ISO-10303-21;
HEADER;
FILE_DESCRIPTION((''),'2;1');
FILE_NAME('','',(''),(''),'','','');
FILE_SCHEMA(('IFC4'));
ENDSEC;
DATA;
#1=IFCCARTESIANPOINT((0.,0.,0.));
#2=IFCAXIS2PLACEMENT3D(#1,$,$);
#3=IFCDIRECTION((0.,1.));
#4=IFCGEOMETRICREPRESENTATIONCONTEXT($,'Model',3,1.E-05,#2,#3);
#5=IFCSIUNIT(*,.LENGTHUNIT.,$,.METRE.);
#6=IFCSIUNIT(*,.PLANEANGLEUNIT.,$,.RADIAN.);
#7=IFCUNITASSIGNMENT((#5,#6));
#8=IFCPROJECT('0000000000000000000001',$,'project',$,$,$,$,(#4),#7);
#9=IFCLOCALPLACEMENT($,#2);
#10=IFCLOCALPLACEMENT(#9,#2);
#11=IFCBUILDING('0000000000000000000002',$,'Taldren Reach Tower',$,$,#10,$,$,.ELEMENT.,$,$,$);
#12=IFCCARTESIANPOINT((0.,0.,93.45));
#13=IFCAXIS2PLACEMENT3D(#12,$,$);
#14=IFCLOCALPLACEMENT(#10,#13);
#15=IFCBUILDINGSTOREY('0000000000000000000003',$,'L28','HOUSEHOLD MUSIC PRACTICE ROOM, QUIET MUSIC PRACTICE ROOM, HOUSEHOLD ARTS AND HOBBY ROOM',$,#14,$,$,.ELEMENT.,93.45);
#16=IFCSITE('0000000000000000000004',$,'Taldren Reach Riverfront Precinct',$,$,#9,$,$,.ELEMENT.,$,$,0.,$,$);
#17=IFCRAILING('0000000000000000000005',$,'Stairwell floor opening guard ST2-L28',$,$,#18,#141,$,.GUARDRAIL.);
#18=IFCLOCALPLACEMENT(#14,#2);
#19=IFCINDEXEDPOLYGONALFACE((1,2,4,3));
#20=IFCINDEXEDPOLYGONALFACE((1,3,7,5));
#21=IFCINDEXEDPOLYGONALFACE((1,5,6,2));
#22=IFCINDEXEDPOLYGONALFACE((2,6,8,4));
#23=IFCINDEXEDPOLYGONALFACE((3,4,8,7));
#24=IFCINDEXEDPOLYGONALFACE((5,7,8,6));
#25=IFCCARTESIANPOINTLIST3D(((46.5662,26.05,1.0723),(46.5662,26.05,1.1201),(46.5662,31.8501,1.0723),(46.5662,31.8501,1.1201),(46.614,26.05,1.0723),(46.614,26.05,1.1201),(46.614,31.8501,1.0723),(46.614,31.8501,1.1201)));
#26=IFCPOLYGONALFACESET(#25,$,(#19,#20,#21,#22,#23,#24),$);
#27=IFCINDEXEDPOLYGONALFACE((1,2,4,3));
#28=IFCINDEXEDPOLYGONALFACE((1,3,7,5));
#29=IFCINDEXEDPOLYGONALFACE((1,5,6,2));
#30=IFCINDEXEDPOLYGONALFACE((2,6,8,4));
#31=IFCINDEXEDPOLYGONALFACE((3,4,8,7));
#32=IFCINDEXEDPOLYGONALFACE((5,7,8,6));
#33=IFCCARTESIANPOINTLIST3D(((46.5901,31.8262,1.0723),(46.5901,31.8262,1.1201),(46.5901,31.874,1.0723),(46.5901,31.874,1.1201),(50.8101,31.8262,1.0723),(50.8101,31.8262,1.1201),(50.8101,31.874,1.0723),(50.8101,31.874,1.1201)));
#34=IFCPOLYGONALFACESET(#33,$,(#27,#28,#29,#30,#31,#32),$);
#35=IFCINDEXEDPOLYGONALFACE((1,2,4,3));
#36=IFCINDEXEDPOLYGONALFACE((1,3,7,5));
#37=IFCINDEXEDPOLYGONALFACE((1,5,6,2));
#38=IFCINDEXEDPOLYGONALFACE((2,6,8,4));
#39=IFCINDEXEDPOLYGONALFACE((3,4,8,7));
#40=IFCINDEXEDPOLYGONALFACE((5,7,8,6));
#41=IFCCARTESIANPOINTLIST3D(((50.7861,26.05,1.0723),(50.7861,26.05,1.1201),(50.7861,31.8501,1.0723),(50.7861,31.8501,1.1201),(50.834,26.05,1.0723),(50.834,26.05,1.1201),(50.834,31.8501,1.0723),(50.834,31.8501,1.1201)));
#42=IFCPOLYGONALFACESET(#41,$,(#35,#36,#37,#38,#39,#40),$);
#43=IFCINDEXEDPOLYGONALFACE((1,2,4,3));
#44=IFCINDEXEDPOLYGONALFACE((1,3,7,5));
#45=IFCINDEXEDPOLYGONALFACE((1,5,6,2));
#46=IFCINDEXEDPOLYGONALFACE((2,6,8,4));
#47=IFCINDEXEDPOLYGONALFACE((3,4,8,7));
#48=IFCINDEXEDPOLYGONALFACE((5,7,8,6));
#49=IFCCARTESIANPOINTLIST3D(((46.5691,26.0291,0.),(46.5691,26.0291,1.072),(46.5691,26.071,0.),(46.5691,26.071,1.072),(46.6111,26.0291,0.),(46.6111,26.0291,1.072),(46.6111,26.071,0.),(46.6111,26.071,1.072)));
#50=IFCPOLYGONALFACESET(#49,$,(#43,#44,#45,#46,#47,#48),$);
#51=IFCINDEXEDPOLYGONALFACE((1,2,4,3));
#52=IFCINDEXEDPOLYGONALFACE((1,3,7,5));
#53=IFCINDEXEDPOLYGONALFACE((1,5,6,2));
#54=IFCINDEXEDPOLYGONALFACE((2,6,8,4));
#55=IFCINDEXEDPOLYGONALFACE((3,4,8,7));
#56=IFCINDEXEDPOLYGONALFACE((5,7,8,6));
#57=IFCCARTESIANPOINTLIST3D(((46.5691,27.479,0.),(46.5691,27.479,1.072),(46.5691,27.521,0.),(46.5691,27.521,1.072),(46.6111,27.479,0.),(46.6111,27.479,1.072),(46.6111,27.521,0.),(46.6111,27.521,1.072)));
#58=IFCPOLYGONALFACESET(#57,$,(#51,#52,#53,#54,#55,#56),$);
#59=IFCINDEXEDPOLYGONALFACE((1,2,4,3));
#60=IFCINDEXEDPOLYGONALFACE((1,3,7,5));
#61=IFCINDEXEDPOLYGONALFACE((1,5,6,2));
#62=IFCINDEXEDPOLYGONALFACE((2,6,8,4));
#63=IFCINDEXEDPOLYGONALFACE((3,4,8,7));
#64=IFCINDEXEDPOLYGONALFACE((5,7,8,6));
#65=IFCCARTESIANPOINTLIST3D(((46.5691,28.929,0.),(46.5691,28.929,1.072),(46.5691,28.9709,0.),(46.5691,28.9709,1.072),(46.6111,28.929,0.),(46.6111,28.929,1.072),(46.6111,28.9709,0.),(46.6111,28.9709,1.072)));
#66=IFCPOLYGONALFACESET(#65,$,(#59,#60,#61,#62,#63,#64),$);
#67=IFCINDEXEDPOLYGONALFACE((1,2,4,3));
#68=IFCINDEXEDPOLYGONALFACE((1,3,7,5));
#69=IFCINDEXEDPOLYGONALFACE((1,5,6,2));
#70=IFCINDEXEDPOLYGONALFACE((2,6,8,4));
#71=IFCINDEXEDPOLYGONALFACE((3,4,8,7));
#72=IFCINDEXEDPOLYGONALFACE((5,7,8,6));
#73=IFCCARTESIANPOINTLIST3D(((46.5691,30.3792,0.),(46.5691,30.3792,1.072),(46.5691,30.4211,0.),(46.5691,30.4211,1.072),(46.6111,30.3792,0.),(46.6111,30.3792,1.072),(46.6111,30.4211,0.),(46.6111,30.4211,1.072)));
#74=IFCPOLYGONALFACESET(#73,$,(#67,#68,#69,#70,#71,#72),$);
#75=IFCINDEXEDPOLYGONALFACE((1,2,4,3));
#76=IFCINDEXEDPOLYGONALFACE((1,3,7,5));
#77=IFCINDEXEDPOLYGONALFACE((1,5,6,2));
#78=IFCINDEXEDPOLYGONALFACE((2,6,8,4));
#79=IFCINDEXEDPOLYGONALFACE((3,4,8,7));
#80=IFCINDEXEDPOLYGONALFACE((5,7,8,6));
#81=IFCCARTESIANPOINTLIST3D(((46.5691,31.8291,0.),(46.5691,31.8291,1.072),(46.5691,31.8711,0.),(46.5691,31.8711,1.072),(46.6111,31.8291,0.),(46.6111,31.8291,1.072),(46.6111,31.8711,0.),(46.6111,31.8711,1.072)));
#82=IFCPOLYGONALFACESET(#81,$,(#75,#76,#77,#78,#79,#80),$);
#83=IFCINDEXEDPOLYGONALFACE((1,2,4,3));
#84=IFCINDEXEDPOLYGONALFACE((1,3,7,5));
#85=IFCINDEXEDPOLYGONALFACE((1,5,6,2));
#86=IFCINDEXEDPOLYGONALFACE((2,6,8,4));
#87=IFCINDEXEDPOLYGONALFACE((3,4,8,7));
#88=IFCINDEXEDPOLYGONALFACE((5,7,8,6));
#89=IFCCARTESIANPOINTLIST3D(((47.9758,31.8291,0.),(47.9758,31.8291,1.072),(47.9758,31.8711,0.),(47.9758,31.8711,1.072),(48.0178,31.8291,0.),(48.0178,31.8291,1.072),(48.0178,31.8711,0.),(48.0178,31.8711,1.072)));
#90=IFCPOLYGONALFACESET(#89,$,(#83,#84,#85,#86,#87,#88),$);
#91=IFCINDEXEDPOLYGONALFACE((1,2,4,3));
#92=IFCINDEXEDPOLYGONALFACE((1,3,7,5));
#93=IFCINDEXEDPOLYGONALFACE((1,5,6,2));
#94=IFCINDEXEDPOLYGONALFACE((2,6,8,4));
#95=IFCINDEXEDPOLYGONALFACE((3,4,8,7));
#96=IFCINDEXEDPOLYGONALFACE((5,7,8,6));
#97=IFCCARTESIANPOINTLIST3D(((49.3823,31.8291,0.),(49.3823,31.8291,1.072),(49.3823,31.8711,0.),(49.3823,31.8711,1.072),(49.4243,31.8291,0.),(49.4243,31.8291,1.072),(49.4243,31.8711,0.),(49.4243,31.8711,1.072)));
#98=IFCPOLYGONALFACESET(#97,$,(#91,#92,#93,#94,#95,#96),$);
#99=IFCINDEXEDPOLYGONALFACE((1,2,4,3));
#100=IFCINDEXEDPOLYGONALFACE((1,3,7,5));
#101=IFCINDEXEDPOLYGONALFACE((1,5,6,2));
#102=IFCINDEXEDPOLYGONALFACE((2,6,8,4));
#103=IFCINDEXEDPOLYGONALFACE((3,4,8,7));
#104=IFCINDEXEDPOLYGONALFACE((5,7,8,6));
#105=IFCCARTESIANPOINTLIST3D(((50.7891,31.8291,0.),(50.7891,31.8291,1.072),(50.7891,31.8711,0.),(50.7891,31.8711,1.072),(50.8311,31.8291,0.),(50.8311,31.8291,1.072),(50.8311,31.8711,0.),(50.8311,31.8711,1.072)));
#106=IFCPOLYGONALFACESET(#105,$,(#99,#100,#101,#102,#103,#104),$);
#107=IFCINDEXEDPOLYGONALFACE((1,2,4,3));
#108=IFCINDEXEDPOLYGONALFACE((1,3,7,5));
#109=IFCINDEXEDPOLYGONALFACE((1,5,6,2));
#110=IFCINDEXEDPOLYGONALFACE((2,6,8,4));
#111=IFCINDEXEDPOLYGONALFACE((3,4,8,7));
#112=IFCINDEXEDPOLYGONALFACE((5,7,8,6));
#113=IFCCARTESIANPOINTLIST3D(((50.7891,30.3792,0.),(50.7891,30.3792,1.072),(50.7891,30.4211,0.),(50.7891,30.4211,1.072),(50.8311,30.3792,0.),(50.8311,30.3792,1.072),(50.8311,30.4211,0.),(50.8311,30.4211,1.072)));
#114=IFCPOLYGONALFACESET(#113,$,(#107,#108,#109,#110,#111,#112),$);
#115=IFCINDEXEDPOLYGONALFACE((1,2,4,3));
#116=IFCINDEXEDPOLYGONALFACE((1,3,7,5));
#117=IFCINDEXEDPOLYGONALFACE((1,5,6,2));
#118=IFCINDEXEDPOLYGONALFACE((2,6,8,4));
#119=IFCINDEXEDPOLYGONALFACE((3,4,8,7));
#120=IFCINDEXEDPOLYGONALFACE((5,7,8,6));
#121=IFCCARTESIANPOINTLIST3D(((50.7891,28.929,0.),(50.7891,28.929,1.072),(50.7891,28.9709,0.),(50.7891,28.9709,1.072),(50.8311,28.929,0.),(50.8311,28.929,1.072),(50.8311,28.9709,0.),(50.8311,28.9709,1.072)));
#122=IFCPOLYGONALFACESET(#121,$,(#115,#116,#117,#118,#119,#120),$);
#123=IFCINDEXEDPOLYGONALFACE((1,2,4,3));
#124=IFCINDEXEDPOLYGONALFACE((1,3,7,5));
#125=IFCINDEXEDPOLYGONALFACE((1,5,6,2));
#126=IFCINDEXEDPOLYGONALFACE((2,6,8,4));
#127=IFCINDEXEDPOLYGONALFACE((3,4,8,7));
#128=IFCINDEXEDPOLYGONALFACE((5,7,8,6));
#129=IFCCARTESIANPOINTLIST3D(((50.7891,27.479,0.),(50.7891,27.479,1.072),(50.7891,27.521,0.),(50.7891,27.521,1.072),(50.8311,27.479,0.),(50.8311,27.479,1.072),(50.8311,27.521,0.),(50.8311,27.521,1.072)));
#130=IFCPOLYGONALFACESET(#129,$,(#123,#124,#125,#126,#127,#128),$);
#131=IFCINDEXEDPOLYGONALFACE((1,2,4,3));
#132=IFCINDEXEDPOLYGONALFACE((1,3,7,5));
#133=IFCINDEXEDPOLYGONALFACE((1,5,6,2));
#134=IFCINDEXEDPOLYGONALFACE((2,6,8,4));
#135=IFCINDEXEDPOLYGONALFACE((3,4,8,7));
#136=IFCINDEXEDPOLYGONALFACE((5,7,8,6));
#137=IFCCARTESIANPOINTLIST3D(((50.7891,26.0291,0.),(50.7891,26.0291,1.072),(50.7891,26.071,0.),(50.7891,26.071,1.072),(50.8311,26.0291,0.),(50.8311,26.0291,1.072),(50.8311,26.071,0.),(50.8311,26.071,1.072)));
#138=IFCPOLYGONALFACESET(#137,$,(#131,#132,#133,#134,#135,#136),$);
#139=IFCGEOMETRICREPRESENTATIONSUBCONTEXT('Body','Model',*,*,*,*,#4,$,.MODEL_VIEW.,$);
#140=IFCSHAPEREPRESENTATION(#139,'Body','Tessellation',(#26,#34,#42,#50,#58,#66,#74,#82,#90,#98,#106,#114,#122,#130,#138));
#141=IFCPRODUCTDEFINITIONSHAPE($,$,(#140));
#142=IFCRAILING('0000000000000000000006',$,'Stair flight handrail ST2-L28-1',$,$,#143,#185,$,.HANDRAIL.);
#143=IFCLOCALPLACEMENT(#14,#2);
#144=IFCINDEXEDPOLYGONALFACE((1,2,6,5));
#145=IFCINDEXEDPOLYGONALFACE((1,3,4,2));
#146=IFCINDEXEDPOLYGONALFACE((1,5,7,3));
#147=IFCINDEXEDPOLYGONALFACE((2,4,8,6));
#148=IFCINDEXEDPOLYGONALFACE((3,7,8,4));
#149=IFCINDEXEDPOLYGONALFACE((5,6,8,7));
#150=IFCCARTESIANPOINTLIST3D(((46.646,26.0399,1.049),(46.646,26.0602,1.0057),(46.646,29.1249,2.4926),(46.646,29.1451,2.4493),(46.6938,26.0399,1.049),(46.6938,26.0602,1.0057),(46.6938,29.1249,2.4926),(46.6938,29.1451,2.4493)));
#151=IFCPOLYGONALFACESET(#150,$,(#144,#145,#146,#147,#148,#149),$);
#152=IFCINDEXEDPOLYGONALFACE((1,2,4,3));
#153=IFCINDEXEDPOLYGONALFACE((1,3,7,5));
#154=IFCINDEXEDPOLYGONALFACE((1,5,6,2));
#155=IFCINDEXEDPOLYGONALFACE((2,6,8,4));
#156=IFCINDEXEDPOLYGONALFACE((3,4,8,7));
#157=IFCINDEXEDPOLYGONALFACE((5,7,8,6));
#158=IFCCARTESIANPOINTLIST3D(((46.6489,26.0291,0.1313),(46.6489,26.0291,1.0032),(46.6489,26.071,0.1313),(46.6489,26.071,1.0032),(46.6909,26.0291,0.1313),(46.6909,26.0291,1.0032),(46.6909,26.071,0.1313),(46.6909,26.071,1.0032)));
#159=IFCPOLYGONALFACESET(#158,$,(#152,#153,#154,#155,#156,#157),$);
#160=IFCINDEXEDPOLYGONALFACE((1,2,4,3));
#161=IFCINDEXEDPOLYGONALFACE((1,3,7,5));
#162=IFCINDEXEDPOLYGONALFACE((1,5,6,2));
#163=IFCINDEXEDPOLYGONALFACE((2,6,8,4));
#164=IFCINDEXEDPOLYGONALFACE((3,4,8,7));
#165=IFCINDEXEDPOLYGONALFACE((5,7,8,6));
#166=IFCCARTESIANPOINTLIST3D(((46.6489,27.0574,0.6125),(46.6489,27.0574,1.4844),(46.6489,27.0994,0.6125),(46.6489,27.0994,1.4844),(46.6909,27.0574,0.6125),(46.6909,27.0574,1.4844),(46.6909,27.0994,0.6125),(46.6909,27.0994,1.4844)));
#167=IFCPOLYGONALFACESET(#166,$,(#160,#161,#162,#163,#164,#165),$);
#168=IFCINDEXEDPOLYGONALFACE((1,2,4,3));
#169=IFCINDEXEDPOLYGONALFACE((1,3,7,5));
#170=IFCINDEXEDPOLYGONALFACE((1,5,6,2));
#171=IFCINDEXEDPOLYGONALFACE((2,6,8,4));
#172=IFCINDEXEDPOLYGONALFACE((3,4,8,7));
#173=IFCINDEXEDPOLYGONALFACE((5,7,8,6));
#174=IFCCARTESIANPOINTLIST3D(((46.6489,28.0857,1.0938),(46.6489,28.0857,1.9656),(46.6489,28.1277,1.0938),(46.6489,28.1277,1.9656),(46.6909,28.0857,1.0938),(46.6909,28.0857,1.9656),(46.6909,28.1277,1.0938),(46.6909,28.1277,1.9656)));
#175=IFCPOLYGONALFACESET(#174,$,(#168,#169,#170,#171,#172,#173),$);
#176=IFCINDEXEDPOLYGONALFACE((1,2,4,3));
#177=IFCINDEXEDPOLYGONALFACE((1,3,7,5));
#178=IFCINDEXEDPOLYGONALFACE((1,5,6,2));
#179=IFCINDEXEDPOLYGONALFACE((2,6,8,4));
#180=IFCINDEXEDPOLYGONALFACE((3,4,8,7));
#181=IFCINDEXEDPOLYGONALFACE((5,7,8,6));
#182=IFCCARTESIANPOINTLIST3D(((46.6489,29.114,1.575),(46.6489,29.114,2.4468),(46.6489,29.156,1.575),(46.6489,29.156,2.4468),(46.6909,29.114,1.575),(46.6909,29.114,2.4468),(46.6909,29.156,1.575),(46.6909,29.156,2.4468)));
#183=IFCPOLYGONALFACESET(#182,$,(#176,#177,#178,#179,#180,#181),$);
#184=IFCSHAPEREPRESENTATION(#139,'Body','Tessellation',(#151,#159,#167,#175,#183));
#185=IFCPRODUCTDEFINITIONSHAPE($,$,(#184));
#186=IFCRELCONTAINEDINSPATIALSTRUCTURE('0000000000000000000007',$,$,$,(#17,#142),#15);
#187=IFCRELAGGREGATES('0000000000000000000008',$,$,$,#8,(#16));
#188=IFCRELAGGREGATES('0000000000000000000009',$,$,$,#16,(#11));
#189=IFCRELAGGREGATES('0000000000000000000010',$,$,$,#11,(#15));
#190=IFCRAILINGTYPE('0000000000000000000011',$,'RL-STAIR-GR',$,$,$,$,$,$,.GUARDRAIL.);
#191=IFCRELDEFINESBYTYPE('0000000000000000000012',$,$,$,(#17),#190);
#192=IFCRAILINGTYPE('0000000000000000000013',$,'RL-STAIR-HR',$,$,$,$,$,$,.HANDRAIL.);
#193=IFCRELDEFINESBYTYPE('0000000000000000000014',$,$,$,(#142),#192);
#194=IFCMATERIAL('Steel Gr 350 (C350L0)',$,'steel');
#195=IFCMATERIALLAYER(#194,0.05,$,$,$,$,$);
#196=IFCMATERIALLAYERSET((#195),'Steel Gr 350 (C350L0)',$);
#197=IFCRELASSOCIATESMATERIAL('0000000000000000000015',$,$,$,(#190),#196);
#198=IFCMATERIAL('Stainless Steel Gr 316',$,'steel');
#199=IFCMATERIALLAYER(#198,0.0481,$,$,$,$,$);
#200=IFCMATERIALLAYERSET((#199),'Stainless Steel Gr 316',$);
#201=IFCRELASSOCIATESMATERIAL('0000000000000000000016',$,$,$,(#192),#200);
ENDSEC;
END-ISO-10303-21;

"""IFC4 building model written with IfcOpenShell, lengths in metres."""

from ifc_helpers import new_model, si_unit, direction, frame, origin, origin_2d, place, context, subcontext, project, spatial, rectangle, extrude, material, layer, layer_set, type_object, element, save


model = new_model("IFC4")

# Units and contexts
model_context = context("Model", 3, precision=1e-05, world=origin(), true_north=direction((0.0, 1.0)))
body_context = subcontext(model_context, "Body", "Model", "MODEL_VIEW")
ifc_project = project(units=[si_unit("LENGTHUNIT", "METRE"), si_unit("PLANEANGLEUNIT", "RADIAN")], contexts=[model_context])

# Site, building, storey
site_placement = place(None, origin())
site = spatial("IfcSite", under=ifc_project, at=site_placement, Name="Taldren Reach Riverfront Precinct", CompositionType="ELEMENT", RefElevation=0.0)
building_placement = place(site_placement, origin())
building = spatial("IfcBuilding", under=site, at=building_placement, Name="Taldren Reach Tower", CompositionType="ELEMENT")
storey_placement = place(building_placement, frame((0.0, 0.0, 93.45)))
storey = spatial("IfcBuildingStorey", under=building, at=storey_placement, Name="L28", Description="HOUSEHOLD MUSIC PRACTICE ROOM, QUIET MUSIC PRACTICE ROOM, HOUSEHOLD ARTS AND HOBBY ROOM", CompositionType="ELEMENT", Elevation=93.45)

# Shared definitions
ifc_material_1 = material(Name="Steel Gr 350 (C350L0)", Category="steel")

# Railings
ifc_layer_1 = layer(ifc_material_1, 0.05)
ifc_layer_set_1 = layer_set([ifc_layer_1], Name="Steel Gr 350 (C350L0)")
railing_type_1 = type_object("IfcRailingType", Name="RL-STAIR-GR", PredefinedType="GUARDRAIL", material=ifc_layer_set_1)
railing_1_placement = place(storey_placement, frame((46.5901, 26.05, 0.0)))
element("IfcRailing", 1, at=railing_1_placement, inside=storey, type_object=railing_type_1, Name="Stairwell floor opening guard ST2-L28", PredefinedType="GUARDRAIL", context=body_context, shape_type="SweptSolid", body=[
    extrude(rectangle(XDim=0.0479, YDim=0.0479, at=origin_2d()), frame((0.0, 0.0, 1.0962), z_axis=(0.0, 1.0, 0.0), x_axis=(-1.0, 0.0, 0.0)), (0.0, 0.0, 1.0), 5.8),
    extrude(rectangle(XDim=0.0479, YDim=0.0479, at=origin_2d()), frame((0.0, 5.8, 1.0962), z_axis=(1.0, 0.0, 0.0), x_axis=(0.0, 1.0, 0.0)), (0.0, 0.0, 1.0), 4.22),
    extrude(rectangle(XDim=0.0479, YDim=0.0479, at=origin_2d()), frame((4.22, 5.8, 1.0962), z_axis=(0.0, -1.0, 0.0), x_axis=(1.0, 0.0, 0.0)), (0.0, 0.0, 1.0), 5.8),
    extrude(rectangle(XDim=0.042, YDim=0.042, at=origin_2d()), origin(), (0.0, 0.0, 1.0), 1.072),
    extrude(rectangle(XDim=0.042, YDim=0.042, at=origin_2d()), frame((0.0, 1.45, 0.0)), (0.0, 0.0, 1.0), 1.072),
    extrude(rectangle(XDim=0.042, YDim=0.042, at=origin_2d()), frame((0.0, 2.8999, 0.0)), (0.0, 0.0, 1.0), 1.072),
    extrude(rectangle(XDim=0.042, YDim=0.042, at=origin_2d()), frame((0.0, 4.3501, 0.0)), (0.0, 0.0, 1.0), 1.072),
    extrude(rectangle(XDim=0.042, YDim=0.042, at=origin_2d()), frame((0.0, 5.8, 0.0)), (0.0, 0.0, 1.0), 1.072),
    extrude(rectangle(XDim=0.042, YDim=0.042, at=origin_2d()), frame((1.4067, 5.8, 0.0)), (0.0, 0.0, 1.0), 1.072),
    extrude(rectangle(XDim=0.042, YDim=0.042, at=origin_2d()), frame((2.8132, 5.8, 0.0)), (0.0, 0.0, 1.0), 1.072),
    extrude(rectangle(XDim=0.042, YDim=0.042, at=origin_2d()), frame((4.22, 5.8, 0.0)), (0.0, 0.0, 1.0), 1.072),
    extrude(rectangle(XDim=0.042, YDim=0.042, at=origin_2d()), frame((4.22, 4.3501, 0.0)), (0.0, 0.0, 1.0), 1.072),
    extrude(rectangle(XDim=0.042, YDim=0.042, at=origin_2d()), frame((4.22, 2.8999, 0.0)), (0.0, 0.0, 1.0), 1.072),
    extrude(rectangle(XDim=0.042, YDim=0.042, at=origin_2d()), frame((4.22, 1.45, 0.0)), (0.0, 0.0, 1.0), 1.072),
    extrude(rectangle(XDim=0.042, YDim=0.042, at=origin_2d()), frame((4.22, 0.0, 0.0)), (0.0, 0.0, 1.0), 1.072),
])
ifc_material_2 = material(Name="Stainless Steel Gr 316", Category="steel")
ifc_layer_2 = layer(ifc_material_2, 0.0481)
ifc_layer_set_2 = layer_set([ifc_layer_2], Name="Stainless Steel Gr 316")
railing_type_2 = type_object("IfcRailingType", Name="RL-STAIR-HR", PredefinedType="HANDRAIL", material=ifc_layer_set_2)
railing_2_placement = place(storey_placement, frame((46.6699, 26.05, 0.1313)))
element("IfcRailing", 2, at=railing_2_placement, inside=storey, type_object=railing_type_2, Name="Stair flight handrail ST2-L28-1", PredefinedType="HANDRAIL", context=body_context, shape_type="SweptSolid", body=[
    extrude(rectangle(XDim=0.0479, YDim=0.0479, at=origin_2d()), frame((0.0, 0.0, 0.896), z_axis=(0.0, 0.905738, 0.423839), x_axis=(-1.0, 0.0, 0.0)), (0.0, 0.0, 1.0), 3.406),
    extrude(rectangle(XDim=0.042, YDim=0.042, at=origin_2d()), origin(), (0.0, 0.0, 1.0), 0.8718),
    extrude(rectangle(XDim=0.042, YDim=0.042, at=origin_2d()), frame((0.0, 1.0283, 0.4812)), (0.0, 0.0, 1.0), 0.8718),
    extrude(rectangle(XDim=0.042, YDim=0.042, at=origin_2d()), frame((0.0, 2.0566, 0.9624)), (0.0, 0.0, 1.0), 0.8718),
    extrude(rectangle(XDim=0.042, YDim=0.042, at=origin_2d()), frame((0.0, 3.085, 1.4436)), (0.0, 0.0, 1.0), 0.8718),
])

save(model, "model.ifc")
